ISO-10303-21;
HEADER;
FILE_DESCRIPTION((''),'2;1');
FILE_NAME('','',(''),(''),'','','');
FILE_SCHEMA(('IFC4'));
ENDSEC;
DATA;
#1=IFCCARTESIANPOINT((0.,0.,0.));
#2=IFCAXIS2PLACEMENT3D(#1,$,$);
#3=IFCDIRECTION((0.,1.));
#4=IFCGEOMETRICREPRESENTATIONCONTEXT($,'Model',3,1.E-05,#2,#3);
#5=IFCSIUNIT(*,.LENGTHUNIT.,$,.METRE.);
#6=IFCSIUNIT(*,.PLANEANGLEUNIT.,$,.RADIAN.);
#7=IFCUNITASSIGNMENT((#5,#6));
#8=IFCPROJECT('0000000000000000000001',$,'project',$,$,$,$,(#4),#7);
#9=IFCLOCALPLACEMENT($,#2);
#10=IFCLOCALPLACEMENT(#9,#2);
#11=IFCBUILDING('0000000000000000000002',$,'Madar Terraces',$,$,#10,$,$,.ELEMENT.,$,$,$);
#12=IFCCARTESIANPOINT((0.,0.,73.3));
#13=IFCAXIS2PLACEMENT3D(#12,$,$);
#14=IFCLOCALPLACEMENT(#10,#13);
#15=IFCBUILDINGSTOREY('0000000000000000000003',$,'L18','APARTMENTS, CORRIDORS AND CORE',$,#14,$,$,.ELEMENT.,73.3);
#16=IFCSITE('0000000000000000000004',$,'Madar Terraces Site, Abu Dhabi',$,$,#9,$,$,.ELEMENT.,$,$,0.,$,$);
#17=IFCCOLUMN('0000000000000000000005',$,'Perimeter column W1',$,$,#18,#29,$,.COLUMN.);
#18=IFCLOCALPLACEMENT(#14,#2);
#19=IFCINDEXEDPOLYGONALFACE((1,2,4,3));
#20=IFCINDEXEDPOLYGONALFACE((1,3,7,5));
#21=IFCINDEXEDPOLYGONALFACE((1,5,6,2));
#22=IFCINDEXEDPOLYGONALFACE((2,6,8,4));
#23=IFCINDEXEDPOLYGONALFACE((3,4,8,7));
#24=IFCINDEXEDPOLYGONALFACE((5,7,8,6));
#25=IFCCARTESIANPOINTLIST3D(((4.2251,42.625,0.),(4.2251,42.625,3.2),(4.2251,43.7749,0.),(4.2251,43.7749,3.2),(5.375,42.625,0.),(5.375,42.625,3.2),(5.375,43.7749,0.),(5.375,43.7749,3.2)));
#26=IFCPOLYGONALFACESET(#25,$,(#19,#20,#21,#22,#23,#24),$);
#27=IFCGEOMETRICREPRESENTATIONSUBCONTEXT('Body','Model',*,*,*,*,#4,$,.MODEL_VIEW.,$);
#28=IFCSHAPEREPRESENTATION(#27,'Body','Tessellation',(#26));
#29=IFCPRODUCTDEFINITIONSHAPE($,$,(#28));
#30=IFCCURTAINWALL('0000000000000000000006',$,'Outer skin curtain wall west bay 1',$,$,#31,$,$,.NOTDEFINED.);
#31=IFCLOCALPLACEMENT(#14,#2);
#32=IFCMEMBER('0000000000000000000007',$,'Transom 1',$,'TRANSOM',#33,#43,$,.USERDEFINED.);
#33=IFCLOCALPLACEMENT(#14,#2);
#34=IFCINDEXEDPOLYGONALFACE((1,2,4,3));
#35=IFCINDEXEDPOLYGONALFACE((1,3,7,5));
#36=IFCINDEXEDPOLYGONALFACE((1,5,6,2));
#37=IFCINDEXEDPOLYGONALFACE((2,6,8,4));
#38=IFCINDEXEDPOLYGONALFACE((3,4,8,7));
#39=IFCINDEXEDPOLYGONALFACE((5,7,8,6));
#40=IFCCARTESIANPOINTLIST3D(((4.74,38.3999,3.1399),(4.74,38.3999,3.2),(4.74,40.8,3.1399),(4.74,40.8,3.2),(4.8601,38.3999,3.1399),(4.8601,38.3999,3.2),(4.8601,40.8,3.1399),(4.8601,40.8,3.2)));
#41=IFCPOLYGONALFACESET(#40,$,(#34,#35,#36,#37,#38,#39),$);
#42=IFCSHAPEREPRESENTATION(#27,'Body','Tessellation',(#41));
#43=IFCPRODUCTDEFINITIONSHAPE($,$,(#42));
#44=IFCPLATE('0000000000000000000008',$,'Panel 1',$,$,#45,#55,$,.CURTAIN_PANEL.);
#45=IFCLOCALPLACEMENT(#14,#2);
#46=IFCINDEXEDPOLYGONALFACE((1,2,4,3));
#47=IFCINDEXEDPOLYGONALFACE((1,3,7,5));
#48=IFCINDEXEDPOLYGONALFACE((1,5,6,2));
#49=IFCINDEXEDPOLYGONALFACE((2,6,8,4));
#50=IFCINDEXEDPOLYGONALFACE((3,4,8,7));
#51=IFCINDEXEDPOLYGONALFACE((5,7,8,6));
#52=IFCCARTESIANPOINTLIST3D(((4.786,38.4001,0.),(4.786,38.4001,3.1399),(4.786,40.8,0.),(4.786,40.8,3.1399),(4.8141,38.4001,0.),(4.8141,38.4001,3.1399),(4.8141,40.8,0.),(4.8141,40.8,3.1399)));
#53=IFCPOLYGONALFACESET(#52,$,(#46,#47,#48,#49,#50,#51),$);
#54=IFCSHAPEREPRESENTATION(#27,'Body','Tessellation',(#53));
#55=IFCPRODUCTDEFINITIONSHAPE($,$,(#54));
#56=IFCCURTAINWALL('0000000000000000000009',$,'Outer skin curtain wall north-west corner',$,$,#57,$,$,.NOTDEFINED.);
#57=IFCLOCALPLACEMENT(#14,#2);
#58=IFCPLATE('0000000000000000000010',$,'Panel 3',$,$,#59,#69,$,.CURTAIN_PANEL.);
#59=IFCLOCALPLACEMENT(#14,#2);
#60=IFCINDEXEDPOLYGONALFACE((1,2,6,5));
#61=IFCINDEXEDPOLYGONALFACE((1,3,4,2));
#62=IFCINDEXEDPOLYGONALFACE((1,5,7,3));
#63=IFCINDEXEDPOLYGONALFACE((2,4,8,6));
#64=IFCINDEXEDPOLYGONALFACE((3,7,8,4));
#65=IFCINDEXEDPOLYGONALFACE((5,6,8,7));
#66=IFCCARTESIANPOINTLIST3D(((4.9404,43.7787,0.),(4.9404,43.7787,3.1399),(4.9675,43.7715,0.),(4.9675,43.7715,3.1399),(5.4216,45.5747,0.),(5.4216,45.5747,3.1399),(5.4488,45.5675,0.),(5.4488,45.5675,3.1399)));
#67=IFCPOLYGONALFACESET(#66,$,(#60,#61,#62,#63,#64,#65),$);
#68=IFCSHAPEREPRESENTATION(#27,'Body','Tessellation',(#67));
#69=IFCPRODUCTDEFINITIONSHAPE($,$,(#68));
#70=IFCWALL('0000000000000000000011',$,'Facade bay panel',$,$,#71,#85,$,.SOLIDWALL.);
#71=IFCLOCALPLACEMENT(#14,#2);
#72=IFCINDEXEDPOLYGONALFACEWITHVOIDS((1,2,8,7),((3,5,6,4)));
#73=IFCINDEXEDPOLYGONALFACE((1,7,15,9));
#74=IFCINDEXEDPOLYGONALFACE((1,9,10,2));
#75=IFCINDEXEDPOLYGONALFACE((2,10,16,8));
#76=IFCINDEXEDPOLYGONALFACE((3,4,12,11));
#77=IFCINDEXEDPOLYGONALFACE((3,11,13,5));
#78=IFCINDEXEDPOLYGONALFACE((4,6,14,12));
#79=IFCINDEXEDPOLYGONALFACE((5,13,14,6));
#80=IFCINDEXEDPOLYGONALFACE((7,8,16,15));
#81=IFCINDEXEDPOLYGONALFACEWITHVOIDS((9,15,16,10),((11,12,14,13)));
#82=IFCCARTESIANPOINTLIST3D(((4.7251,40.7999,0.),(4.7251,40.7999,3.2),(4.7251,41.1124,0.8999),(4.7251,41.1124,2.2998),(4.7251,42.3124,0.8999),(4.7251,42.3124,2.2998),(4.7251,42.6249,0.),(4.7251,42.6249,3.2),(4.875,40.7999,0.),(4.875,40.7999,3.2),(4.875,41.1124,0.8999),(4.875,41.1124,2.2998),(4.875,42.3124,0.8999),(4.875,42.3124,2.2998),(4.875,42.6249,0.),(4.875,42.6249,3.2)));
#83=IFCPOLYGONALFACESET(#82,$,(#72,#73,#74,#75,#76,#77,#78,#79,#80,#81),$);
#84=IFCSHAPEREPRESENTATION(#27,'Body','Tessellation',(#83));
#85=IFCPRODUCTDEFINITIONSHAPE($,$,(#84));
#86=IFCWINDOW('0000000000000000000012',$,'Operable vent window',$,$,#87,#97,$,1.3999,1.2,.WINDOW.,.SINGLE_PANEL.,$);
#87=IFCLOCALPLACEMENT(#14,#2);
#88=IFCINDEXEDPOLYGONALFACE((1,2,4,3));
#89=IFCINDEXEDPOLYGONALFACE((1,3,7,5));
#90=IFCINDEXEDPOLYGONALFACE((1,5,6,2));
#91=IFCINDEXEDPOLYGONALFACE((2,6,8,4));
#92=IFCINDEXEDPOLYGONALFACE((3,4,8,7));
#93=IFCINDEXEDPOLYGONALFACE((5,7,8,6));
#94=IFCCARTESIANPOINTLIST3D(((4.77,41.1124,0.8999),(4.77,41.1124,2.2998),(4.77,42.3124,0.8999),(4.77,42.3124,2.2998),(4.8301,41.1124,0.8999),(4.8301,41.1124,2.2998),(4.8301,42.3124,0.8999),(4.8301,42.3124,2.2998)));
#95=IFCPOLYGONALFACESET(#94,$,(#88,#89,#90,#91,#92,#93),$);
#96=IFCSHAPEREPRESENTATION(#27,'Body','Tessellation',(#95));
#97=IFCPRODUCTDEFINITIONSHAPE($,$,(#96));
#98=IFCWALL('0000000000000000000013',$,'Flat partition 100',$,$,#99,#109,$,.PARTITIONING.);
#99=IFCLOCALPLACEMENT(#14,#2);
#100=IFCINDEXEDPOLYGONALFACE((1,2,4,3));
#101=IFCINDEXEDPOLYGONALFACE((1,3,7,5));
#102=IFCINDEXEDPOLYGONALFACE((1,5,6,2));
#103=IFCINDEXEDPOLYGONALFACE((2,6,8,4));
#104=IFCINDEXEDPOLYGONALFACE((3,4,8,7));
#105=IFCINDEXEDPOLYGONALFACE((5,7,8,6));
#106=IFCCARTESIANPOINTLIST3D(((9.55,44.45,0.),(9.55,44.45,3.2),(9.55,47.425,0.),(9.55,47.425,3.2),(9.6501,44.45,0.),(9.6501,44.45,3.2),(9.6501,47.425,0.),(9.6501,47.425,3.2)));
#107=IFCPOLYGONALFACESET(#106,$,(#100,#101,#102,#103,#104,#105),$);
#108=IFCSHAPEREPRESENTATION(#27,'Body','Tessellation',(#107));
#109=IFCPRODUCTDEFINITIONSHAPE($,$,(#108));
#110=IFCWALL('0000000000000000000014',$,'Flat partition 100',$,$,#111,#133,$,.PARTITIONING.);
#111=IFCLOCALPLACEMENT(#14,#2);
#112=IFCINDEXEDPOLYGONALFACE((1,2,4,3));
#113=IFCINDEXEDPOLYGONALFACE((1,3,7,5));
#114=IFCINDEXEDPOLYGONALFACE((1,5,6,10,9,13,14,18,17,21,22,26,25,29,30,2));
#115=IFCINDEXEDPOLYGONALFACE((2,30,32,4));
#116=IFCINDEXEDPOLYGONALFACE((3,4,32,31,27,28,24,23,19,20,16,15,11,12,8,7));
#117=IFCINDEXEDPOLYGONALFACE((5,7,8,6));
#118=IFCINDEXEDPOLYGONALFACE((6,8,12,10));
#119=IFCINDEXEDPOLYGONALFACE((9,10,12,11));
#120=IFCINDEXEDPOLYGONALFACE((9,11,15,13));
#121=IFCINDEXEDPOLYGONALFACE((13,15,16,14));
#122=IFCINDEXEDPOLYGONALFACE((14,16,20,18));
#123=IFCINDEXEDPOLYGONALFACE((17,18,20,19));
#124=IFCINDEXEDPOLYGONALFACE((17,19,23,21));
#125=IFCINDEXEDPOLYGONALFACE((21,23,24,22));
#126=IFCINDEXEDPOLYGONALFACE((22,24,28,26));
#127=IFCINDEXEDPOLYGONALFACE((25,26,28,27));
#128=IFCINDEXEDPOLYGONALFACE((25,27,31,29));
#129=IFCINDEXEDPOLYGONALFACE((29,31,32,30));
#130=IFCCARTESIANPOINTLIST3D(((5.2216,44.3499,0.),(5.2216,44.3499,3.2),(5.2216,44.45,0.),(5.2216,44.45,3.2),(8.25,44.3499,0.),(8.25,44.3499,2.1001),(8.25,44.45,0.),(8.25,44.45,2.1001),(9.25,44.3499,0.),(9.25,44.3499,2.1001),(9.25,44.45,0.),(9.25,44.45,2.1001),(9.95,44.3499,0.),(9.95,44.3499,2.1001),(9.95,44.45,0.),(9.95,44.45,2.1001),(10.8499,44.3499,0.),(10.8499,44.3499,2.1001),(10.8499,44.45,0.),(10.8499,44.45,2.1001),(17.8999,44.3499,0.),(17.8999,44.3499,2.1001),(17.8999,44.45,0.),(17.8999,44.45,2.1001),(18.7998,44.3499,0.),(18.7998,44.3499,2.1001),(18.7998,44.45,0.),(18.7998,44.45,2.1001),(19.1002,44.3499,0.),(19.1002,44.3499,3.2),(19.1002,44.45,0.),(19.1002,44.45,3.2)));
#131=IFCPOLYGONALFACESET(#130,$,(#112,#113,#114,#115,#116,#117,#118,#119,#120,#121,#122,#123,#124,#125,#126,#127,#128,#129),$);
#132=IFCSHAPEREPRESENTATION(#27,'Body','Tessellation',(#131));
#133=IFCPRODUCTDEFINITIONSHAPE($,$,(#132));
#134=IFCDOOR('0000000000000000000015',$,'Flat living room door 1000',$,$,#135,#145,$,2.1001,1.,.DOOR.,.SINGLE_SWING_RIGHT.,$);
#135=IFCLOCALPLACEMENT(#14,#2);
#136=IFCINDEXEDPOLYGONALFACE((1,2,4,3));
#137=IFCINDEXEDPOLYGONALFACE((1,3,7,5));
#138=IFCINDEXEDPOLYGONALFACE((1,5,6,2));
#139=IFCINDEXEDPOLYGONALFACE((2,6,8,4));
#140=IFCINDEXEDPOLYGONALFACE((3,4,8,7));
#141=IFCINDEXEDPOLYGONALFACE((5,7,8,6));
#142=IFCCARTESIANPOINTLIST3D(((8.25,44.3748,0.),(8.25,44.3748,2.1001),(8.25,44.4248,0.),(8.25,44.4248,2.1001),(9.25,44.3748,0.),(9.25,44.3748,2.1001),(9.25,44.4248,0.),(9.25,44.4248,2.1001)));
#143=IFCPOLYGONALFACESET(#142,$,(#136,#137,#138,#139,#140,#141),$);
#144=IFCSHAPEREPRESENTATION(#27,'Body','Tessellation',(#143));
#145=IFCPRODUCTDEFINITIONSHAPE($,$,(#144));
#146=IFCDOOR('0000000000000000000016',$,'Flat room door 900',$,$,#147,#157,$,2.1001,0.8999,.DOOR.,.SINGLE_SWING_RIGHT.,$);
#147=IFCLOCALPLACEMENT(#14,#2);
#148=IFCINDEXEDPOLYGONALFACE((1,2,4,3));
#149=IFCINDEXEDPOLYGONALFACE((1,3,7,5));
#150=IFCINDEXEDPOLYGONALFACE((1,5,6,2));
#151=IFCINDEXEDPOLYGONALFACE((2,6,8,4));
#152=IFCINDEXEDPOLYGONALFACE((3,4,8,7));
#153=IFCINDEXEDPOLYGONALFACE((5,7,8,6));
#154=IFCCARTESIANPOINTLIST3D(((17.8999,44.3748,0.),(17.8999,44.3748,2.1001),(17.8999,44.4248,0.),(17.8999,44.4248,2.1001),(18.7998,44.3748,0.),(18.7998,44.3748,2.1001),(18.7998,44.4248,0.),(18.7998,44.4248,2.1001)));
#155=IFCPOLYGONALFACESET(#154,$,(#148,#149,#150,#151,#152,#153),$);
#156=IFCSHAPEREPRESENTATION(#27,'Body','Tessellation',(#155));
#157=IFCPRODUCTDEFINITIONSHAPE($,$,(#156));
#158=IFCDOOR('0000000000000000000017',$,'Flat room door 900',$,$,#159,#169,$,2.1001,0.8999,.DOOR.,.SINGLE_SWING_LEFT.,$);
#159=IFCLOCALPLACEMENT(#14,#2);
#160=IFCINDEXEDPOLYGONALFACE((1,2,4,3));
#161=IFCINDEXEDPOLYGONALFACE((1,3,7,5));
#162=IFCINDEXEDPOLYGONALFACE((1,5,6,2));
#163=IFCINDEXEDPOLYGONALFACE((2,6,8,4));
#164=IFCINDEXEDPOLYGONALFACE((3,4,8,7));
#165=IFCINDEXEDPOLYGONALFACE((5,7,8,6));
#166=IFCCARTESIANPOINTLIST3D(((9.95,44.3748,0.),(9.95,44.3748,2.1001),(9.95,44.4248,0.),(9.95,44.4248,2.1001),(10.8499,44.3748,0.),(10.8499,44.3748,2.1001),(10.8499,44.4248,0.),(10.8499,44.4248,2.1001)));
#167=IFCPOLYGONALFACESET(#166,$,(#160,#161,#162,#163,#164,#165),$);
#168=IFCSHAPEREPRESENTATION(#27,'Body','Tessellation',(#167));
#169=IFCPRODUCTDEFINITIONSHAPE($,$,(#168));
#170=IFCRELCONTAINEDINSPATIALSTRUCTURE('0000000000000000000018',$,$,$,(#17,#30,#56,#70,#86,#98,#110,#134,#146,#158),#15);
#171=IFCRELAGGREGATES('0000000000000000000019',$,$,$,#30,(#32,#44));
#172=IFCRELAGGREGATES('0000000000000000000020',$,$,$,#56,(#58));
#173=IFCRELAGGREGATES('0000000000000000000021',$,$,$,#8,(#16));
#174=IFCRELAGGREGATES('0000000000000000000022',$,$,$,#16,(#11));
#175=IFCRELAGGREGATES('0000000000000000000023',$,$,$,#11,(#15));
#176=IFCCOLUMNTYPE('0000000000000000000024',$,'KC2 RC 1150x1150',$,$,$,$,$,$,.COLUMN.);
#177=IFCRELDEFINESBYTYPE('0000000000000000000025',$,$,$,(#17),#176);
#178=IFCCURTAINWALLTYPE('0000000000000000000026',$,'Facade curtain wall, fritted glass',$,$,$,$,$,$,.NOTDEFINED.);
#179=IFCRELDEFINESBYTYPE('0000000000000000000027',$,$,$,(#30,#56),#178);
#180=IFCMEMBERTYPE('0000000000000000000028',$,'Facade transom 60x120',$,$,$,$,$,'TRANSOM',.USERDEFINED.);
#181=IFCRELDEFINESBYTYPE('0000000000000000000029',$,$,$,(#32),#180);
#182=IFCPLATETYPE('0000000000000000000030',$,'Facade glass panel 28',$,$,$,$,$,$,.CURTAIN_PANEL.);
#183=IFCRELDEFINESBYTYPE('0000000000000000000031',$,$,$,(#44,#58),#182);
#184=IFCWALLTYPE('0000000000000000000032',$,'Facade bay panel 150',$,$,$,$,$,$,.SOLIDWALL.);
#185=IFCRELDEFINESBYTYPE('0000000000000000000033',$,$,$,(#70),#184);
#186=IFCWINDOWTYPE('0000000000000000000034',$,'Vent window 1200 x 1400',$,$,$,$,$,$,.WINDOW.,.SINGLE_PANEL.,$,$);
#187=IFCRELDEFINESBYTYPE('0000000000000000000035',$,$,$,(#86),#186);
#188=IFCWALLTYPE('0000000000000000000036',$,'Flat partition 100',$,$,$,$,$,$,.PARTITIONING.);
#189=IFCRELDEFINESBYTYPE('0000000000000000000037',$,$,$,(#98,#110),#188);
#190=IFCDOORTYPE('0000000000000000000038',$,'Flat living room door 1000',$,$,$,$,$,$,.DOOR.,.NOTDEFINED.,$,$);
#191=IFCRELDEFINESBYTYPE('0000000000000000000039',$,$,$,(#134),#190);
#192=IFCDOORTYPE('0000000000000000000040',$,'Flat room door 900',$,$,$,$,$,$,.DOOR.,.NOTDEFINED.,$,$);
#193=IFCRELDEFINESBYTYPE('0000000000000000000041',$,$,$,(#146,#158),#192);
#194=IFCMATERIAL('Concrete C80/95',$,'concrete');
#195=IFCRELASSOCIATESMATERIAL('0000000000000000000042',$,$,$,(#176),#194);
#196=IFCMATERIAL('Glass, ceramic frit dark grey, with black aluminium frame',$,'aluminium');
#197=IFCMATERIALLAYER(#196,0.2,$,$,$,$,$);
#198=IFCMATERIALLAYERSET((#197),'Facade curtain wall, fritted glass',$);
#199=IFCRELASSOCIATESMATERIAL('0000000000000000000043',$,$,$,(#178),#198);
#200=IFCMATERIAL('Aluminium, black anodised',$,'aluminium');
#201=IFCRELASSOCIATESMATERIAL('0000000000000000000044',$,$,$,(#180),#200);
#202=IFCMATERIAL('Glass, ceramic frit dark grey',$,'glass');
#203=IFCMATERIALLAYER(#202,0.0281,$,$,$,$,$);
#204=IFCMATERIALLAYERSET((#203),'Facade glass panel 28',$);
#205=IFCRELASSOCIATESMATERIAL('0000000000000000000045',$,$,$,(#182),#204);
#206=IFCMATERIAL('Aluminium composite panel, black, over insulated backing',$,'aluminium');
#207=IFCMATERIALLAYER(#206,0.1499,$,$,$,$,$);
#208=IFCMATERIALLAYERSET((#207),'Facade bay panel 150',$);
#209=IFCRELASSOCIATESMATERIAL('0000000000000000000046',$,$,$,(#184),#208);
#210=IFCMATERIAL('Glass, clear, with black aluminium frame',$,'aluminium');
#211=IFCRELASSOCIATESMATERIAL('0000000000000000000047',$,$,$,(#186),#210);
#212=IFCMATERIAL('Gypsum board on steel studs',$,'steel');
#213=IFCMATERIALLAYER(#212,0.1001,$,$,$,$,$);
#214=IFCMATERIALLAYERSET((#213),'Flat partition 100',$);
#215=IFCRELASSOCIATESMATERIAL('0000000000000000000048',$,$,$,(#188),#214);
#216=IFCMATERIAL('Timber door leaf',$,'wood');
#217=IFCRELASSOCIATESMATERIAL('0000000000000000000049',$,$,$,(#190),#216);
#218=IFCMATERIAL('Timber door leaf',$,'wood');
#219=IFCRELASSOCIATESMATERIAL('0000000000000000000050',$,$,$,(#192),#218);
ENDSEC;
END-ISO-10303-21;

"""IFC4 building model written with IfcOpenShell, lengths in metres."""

from ifc_helpers import new_model, si_unit, direction, frame, frame_2d, origin, origin_2d, place, context, subcontext, project, spatial, rectangle, extrude, material, layer, layer_set, material_profile, profile_set, type_object, element, fill, aggregate, save


model = new_model("IFC4")

# Units and contexts
model_context = context("Model", 3, precision=1e-05, world=origin(), true_north=direction((0.0, 1.0)))
body_context = subcontext(model_context, "Body", "Model", "MODEL_VIEW")
ifc_project = project(units=[si_unit("LENGTHUNIT", "METRE"), si_unit("PLANEANGLEUNIT", "RADIAN")], contexts=[model_context])

# Site, building, storey
site_placement = place(None, origin())
site = spatial("IfcSite", under=ifc_project, at=site_placement, Name="Madar Terraces Site, Abu Dhabi", CompositionType="ELEMENT", RefElevation=0.0)
building_placement = place(site_placement, origin())
building = spatial("IfcBuilding", under=site, at=building_placement, Name="Madar Terraces", CompositionType="ELEMENT")
storey_placement = place(building_placement, frame((0.0, 0.0, 73.3)))
storey = spatial("IfcBuildingStorey", under=building, at=storey_placement, Name="L18", Description="APARTMENTS, CORRIDORS AND CORE", CompositionType="ELEMENT", Elevation=73.3)

# Column
ifc_material_1 = material(Name="Concrete C80/95", Category="concrete")
ifc_material_profile_1 = material_profile(ifc_material_1, rectangle(XDim=1.1499, YDim=1.1499, at=origin_2d()), Name="KC2 RC 1150x1150")
ifc_profile_set_1 = profile_set([ifc_material_profile_1], Name="Concrete C80/95")
column_type = type_object("IfcColumnType", Name="KC2 RC 1150x1150", PredefinedType="COLUMN", material=ifc_profile_set_1)
column_placement = place(storey_placement, frame((4.8, 43.2, 0.0), z_axis=(0.0, 0.0, 1.0), x_axis=(1.0, 0.0, 0.0)))
element("IfcColumn", 1, at=column_placement, inside=storey, type_object=column_type, Name="Perimeter column W1", PredefinedType="COLUMN", context=body_context, shape_type="SweptSolid", body=[
    extrude(rectangle(XDim=1.1499, YDim=1.1499, at=origin_2d()), origin(), (0.0, 0.0, 1.0), 3.2),
])

# Curtain wall, member, plate
ifc_material_2 = material(Name="Glass, ceramic frit dark grey, with black aluminium frame", Category="aluminium")
ifc_layer_1 = layer(ifc_material_2, 0.2)
ifc_layer_set_1 = layer_set([ifc_layer_1], Name="Facade curtain wall, fritted glass")
curtain_wall_type = type_object("IfcCurtainWallType", Name="Facade curtain wall, fritted glass", PredefinedType="NOTDEFINED", material=ifc_layer_set_1)
curtain_wall_1_placement = place(storey_placement, origin())
curtain_wall_1 = element("IfcCurtainWall", 2, at=curtain_wall_1_placement, inside=storey, type_object=curtain_wall_type, Name="Outer skin curtain wall west bay 1", PredefinedType="NOTDEFINED")
ifc_material_3 = material(Name="Aluminium, black anodised", Category="aluminium")
ifc_material_profile_2 = material_profile(ifc_material_3, rectangle(XDim=0.1201, YDim=0.0601, at=origin_2d()), Name="Facade transom 60x120")
ifc_profile_set_2 = profile_set([ifc_material_profile_2], Name="Aluminium, black anodised")
member_type = type_object("IfcMemberType", Name="Facade transom 60x120", ElementType="TRANSOM", PredefinedType="USERDEFINED", material=ifc_profile_set_2)
member_placement = place(storey_placement, frame((4.8, 40.8, 3.1699), z_axis=(0.0, -1.0, 0.0), x_axis=(1.0, 0.0, 0.0)))
member = element("IfcMember", 3, at=member_placement, type_object=member_type, Name="Transom 1", ObjectType="TRANSOM", PredefinedType="USERDEFINED", context=body_context, shape_type="SweptSolid", body=[
    extrude(rectangle(XDim=0.1201, YDim=0.0601, at=origin_2d()), origin(), (0.0, 0.0, 1.0), 2.4001),
])
ifc_material_4 = material(Name="Glass, ceramic frit dark grey", Category="glass")
ifc_layer_2 = layer(ifc_material_4, 0.0281)
ifc_layer_set_2 = layer_set([ifc_layer_2], Name="Facade glass panel 28")
plate_type = type_object("IfcPlateType", Name="Facade glass panel 28", PredefinedType="CURTAIN_PANEL", material=ifc_layer_set_2)
plate_1_placement = place(storey_placement, frame((4.8, 39.6001, 0.0), z_axis=(0.0, 0.0, 1.0), x_axis=(0.0, -1.0, 0.0)))
plate_1 = element("IfcPlate", 4, at=plate_1_placement, type_object=plate_type, Name="Panel 1", PredefinedType="CURTAIN_PANEL", context=body_context, shape_type="SweptSolid", body=[
    extrude(rectangle(XDim=2.3999, YDim=0.0281, at=origin_2d()), origin(), (0.0, 0.0, 1.0), 3.1399),
])
aggregate(curtain_wall_1, [member, plate_1])

# Curtain wall, plate
curtain_wall_2_placement = place(storey_placement, origin())
curtain_wall_2 = element("IfcCurtainWall", 5, at=curtain_wall_2_placement, inside=storey, type_object=curtain_wall_type, Name="Outer skin curtain wall north-west corner", PredefinedType="NOTDEFINED")
plate_2_placement = place(storey_placement, frame((5.1946, 44.6731, 0.0), z_axis=(0.0, 0.0, 1.0), x_axis=(-0.258819, -0.965926, 0.0)))
plate_2 = element("IfcPlate", 6, at=plate_2_placement, type_object=plate_type, Name="Panel 3", PredefinedType="CURTAIN_PANEL", context=body_context, shape_type="SweptSolid", body=[
    extrude(rectangle(XDim=1.8594, YDim=0.0281, at=origin_2d()), origin(), (0.0, 0.0, 1.0), 3.1399),
])
aggregate(curtain_wall_2, [plate_2])

# Wall, opening, window
ifc_material_5 = material(Name="Aluminium composite panel, black, over insulated backing", Category="aluminium")
ifc_layer_3 = layer(ifc_material_5, 0.1499)
ifc_layer_set_3 = layer_set([ifc_layer_3], Name="Facade bay panel 150")
wall_type_1 = type_object("IfcWallType", Name="Facade bay panel 150", PredefinedType="SOLIDWALL", material=ifc_layer_set_3)
wall_1_placement = place(storey_placement, frame((4.8, 42.625, 0.0), z_axis=(0.0, 0.0, 1.0), x_axis=(0.0, -1.0, 0.0)))
wall_1 = element("IfcWall", 7, at=wall_1_placement, inside=storey, type_object=wall_type_1, Name="Facade bay panel", PredefinedType="SOLIDWALL", context=body_context, shape_type="SweptSolid", body=[
    extrude(rectangle(XDim=1.825, YDim=0.1499, at=frame_2d((0.9126, 0.0))), origin(), (0.0, 0.0, 1.0), 3.2),
])
opening_1_placement = place(wall_1_placement, frame((0.3125, 0.0, 0.8999)))
opening_1 = element("IfcOpeningElement", 8, at=opening_1_placement, cuts=wall_1, PredefinedType="OPENING", context=body_context, shape_type="SweptSolid", body=[
    extrude(rectangle(XDim=1.2, YDim=1.3999, at=frame_2d((0.6001, 0.7))), frame((0.0, 0.085, 0.0), z_axis=(0.0, -1.0, 0.0), x_axis=(1.0, 0.0, 0.0)), (0.0, 0.0, 1.0), 0.1699),
])
ifc_material_6 = material(Name="Glass, clear, with black aluminium frame", Category="aluminium")
window_type = type_object("IfcWindowType", Name="Vent window 1200 x 1400", PartitioningType="SINGLE_PANEL", PredefinedType="WINDOW", material=ifc_material_6)
window_placement = place(opening_1_placement, origin())
window = element("IfcWindow", 9, at=window_placement, inside=storey, type_object=window_type, Name="Operable vent window", OverallHeight=1.3999, OverallWidth=1.2, PartitioningType="SINGLE_PANEL", PredefinedType="WINDOW", context=body_context, shape_type="SweptSolid", body=[
    extrude(rectangle(XDim=1.2, YDim=1.3999, at=frame_2d((0.6001, 0.7))), frame((0.0, 0.03, 0.0), z_axis=(0.0, -1.0, 0.0), x_axis=(1.0, 0.0, 0.0)), (0.0, 0.0, 1.0), 0.0601),
])
fill(opening_1, window)

# Wall
ifc_material_7 = material(Name="Gypsum board on steel studs", Category="steel")
ifc_layer_4 = layer(ifc_material_7, 0.1001)
ifc_layer_set_4 = layer_set([ifc_layer_4], Name="Flat partition 100")
wall_type_2 = type_object("IfcWallType", Name="Flat partition 100", PredefinedType="PARTITIONING", material=ifc_layer_set_4)
wall_2_placement = place(storey_placement, frame((9.6001, 44.45, 0.0), z_axis=(0.0, 0.0, 1.0), x_axis=(0.0, 1.0, 0.0)))
element("IfcWall", 10, at=wall_2_placement, inside=storey, type_object=wall_type_2, Name="Flat partition 100", PredefinedType="PARTITIONING", context=body_context, shape_type="SweptSolid", body=[
    extrude(rectangle(XDim=2.9751, YDim=0.1001, at=frame_2d((1.4875, 0.0))), origin(), (0.0, 0.0, 1.0), 3.2),
])

# Wall, openings, doors
wall_3_placement = place(storey_placement, frame((5.2214, 44.3999, 0.0), z_axis=(0.0, 0.0, 1.0), x_axis=(1.0, 0.0, 0.0)))
wall_3 = element("IfcWall", 11, at=wall_3_placement, inside=storey, type_object=wall_type_2, Name="Flat partition 100", PredefinedType="PARTITIONING", context=body_context, shape_type="SweptSolid", body=[
    extrude(rectangle(XDim=13.8787, YDim=0.1001, at=frame_2d((6.9395, 0.0))), origin(), (0.0, 0.0, 1.0), 3.2),
])
opening_2_placement = place(wall_3_placement, frame((12.6785, 0.0, 0.0)))
opening_2 = element("IfcOpeningElement", 12, at=opening_2_placement, cuts=wall_3, PredefinedType="OPENING", context=body_context, shape_type="SweptSolid", body=[
    extrude(rectangle(XDim=0.8999, YDim=2.1001, at=frame_2d((0.45, 1.05))), frame((0.0, 0.0601, 0.0), z_axis=(0.0, -1.0, 0.0), x_axis=(1.0, 0.0, 0.0)), (0.0, 0.0, 1.0), 0.1201),
])
opening_3_placement = place(wall_3_placement, frame((4.7285, 0.0, 0.0)))
opening_3 = element("IfcOpeningElement", 13, at=opening_3_placement, cuts=wall_3, PredefinedType="OPENING", context=body_context, shape_type="SweptSolid", body=[
    extrude(rectangle(XDim=0.8999, YDim=2.1001, at=frame_2d((0.45, 1.05))), frame((0.0, 0.0601, 0.0), z_axis=(0.0, -1.0, 0.0), x_axis=(1.0, 0.0, 0.0)), (0.0, 0.0, 1.0), 0.1201),
])
opening_4_placement = place(wall_3_placement, frame((3.0286, 0.0, 0.0)))
opening_4 = element("IfcOpeningElement", 14, at=opening_4_placement, cuts=wall_3, PredefinedType="OPENING", context=body_context, shape_type="SweptSolid", body=[
    extrude(rectangle(XDim=1.0, YDim=2.1001, at=frame_2d((0.5, 1.05))), frame((0.0, 0.0601, 0.0), z_axis=(0.0, -1.0, 0.0), x_axis=(1.0, 0.0, 0.0)), (0.0, 0.0, 1.0), 0.1201),
])
ifc_material_8 = material(Name="Timber door leaf", Category="wood")
door_type_1 = type_object("IfcDoorType", Name="Flat living room door 1000", OperationType="NOTDEFINED", PredefinedType="DOOR", material=ifc_material_8)
door_1_placement = place(opening_4_placement, origin())
door_1 = element("IfcDoor", 15, at=door_1_placement, inside=storey, type_object=door_type_1, Name="Flat living room door 1000", OperationType="SINGLE_SWING_RIGHT", OverallHeight=2.1001, OverallWidth=1.0, PredefinedType="DOOR", context=body_context, shape_type="SweptSolid", body=[
    extrude(rectangle(XDim=1.0, YDim=2.1001, at=frame_2d((0.5, 1.05))), frame((0.0, 0.0249, 0.0), z_axis=(0.0, -1.0, 0.0), x_axis=(1.0, 0.0, 0.0)), (0.0, 0.0, 1.0), 0.05),
])
fill(opening_4, door_1)
ifc_material_9 = material(Name="Timber door leaf", Category="wood")
door_type_2 = type_object("IfcDoorType", Name="Flat room door 900", OperationType="NOTDEFINED", PredefinedType="DOOR", material=ifc_material_9)
door_2_placement = place(opening_2_placement, origin())
door_2 = element("IfcDoor", 16, at=door_2_placement, inside=storey, type_object=door_type_2, Name="Flat room door 900", OperationType="SINGLE_SWING_RIGHT", OverallHeight=2.1001, OverallWidth=0.8999, PredefinedType="DOOR", context=body_context, shape_type="SweptSolid", body=[
    extrude(rectangle(XDim=0.8999, YDim=2.1001, at=frame_2d((0.45, 1.05))), frame((0.0, 0.0249, 0.0), z_axis=(0.0, -1.0, 0.0), x_axis=(1.0, 0.0, 0.0)), (0.0, 0.0, 1.0), 0.05),
])
fill(opening_2, door_2)
door_3_placement = place(opening_3_placement, origin())
door_3 = element("IfcDoor", 17, at=door_3_placement, inside=storey, type_object=door_type_2, Name="Flat room door 900", OperationType="SINGLE_SWING_LEFT", OverallHeight=2.1001, OverallWidth=0.8999, PredefinedType="DOOR", context=body_context, shape_type="SweptSolid", body=[
    extrude(rectangle(XDim=0.8999, YDim=2.1001, at=frame_2d((0.45, 1.05))), frame((0.0, 0.0249, 0.0), z_axis=(0.0, -1.0, 0.0), x_axis=(1.0, 0.0, 0.0)), (0.0, 0.0, 1.0), 0.05),
])
fill(opening_3, door_3)

save(model, "model.ifc")
